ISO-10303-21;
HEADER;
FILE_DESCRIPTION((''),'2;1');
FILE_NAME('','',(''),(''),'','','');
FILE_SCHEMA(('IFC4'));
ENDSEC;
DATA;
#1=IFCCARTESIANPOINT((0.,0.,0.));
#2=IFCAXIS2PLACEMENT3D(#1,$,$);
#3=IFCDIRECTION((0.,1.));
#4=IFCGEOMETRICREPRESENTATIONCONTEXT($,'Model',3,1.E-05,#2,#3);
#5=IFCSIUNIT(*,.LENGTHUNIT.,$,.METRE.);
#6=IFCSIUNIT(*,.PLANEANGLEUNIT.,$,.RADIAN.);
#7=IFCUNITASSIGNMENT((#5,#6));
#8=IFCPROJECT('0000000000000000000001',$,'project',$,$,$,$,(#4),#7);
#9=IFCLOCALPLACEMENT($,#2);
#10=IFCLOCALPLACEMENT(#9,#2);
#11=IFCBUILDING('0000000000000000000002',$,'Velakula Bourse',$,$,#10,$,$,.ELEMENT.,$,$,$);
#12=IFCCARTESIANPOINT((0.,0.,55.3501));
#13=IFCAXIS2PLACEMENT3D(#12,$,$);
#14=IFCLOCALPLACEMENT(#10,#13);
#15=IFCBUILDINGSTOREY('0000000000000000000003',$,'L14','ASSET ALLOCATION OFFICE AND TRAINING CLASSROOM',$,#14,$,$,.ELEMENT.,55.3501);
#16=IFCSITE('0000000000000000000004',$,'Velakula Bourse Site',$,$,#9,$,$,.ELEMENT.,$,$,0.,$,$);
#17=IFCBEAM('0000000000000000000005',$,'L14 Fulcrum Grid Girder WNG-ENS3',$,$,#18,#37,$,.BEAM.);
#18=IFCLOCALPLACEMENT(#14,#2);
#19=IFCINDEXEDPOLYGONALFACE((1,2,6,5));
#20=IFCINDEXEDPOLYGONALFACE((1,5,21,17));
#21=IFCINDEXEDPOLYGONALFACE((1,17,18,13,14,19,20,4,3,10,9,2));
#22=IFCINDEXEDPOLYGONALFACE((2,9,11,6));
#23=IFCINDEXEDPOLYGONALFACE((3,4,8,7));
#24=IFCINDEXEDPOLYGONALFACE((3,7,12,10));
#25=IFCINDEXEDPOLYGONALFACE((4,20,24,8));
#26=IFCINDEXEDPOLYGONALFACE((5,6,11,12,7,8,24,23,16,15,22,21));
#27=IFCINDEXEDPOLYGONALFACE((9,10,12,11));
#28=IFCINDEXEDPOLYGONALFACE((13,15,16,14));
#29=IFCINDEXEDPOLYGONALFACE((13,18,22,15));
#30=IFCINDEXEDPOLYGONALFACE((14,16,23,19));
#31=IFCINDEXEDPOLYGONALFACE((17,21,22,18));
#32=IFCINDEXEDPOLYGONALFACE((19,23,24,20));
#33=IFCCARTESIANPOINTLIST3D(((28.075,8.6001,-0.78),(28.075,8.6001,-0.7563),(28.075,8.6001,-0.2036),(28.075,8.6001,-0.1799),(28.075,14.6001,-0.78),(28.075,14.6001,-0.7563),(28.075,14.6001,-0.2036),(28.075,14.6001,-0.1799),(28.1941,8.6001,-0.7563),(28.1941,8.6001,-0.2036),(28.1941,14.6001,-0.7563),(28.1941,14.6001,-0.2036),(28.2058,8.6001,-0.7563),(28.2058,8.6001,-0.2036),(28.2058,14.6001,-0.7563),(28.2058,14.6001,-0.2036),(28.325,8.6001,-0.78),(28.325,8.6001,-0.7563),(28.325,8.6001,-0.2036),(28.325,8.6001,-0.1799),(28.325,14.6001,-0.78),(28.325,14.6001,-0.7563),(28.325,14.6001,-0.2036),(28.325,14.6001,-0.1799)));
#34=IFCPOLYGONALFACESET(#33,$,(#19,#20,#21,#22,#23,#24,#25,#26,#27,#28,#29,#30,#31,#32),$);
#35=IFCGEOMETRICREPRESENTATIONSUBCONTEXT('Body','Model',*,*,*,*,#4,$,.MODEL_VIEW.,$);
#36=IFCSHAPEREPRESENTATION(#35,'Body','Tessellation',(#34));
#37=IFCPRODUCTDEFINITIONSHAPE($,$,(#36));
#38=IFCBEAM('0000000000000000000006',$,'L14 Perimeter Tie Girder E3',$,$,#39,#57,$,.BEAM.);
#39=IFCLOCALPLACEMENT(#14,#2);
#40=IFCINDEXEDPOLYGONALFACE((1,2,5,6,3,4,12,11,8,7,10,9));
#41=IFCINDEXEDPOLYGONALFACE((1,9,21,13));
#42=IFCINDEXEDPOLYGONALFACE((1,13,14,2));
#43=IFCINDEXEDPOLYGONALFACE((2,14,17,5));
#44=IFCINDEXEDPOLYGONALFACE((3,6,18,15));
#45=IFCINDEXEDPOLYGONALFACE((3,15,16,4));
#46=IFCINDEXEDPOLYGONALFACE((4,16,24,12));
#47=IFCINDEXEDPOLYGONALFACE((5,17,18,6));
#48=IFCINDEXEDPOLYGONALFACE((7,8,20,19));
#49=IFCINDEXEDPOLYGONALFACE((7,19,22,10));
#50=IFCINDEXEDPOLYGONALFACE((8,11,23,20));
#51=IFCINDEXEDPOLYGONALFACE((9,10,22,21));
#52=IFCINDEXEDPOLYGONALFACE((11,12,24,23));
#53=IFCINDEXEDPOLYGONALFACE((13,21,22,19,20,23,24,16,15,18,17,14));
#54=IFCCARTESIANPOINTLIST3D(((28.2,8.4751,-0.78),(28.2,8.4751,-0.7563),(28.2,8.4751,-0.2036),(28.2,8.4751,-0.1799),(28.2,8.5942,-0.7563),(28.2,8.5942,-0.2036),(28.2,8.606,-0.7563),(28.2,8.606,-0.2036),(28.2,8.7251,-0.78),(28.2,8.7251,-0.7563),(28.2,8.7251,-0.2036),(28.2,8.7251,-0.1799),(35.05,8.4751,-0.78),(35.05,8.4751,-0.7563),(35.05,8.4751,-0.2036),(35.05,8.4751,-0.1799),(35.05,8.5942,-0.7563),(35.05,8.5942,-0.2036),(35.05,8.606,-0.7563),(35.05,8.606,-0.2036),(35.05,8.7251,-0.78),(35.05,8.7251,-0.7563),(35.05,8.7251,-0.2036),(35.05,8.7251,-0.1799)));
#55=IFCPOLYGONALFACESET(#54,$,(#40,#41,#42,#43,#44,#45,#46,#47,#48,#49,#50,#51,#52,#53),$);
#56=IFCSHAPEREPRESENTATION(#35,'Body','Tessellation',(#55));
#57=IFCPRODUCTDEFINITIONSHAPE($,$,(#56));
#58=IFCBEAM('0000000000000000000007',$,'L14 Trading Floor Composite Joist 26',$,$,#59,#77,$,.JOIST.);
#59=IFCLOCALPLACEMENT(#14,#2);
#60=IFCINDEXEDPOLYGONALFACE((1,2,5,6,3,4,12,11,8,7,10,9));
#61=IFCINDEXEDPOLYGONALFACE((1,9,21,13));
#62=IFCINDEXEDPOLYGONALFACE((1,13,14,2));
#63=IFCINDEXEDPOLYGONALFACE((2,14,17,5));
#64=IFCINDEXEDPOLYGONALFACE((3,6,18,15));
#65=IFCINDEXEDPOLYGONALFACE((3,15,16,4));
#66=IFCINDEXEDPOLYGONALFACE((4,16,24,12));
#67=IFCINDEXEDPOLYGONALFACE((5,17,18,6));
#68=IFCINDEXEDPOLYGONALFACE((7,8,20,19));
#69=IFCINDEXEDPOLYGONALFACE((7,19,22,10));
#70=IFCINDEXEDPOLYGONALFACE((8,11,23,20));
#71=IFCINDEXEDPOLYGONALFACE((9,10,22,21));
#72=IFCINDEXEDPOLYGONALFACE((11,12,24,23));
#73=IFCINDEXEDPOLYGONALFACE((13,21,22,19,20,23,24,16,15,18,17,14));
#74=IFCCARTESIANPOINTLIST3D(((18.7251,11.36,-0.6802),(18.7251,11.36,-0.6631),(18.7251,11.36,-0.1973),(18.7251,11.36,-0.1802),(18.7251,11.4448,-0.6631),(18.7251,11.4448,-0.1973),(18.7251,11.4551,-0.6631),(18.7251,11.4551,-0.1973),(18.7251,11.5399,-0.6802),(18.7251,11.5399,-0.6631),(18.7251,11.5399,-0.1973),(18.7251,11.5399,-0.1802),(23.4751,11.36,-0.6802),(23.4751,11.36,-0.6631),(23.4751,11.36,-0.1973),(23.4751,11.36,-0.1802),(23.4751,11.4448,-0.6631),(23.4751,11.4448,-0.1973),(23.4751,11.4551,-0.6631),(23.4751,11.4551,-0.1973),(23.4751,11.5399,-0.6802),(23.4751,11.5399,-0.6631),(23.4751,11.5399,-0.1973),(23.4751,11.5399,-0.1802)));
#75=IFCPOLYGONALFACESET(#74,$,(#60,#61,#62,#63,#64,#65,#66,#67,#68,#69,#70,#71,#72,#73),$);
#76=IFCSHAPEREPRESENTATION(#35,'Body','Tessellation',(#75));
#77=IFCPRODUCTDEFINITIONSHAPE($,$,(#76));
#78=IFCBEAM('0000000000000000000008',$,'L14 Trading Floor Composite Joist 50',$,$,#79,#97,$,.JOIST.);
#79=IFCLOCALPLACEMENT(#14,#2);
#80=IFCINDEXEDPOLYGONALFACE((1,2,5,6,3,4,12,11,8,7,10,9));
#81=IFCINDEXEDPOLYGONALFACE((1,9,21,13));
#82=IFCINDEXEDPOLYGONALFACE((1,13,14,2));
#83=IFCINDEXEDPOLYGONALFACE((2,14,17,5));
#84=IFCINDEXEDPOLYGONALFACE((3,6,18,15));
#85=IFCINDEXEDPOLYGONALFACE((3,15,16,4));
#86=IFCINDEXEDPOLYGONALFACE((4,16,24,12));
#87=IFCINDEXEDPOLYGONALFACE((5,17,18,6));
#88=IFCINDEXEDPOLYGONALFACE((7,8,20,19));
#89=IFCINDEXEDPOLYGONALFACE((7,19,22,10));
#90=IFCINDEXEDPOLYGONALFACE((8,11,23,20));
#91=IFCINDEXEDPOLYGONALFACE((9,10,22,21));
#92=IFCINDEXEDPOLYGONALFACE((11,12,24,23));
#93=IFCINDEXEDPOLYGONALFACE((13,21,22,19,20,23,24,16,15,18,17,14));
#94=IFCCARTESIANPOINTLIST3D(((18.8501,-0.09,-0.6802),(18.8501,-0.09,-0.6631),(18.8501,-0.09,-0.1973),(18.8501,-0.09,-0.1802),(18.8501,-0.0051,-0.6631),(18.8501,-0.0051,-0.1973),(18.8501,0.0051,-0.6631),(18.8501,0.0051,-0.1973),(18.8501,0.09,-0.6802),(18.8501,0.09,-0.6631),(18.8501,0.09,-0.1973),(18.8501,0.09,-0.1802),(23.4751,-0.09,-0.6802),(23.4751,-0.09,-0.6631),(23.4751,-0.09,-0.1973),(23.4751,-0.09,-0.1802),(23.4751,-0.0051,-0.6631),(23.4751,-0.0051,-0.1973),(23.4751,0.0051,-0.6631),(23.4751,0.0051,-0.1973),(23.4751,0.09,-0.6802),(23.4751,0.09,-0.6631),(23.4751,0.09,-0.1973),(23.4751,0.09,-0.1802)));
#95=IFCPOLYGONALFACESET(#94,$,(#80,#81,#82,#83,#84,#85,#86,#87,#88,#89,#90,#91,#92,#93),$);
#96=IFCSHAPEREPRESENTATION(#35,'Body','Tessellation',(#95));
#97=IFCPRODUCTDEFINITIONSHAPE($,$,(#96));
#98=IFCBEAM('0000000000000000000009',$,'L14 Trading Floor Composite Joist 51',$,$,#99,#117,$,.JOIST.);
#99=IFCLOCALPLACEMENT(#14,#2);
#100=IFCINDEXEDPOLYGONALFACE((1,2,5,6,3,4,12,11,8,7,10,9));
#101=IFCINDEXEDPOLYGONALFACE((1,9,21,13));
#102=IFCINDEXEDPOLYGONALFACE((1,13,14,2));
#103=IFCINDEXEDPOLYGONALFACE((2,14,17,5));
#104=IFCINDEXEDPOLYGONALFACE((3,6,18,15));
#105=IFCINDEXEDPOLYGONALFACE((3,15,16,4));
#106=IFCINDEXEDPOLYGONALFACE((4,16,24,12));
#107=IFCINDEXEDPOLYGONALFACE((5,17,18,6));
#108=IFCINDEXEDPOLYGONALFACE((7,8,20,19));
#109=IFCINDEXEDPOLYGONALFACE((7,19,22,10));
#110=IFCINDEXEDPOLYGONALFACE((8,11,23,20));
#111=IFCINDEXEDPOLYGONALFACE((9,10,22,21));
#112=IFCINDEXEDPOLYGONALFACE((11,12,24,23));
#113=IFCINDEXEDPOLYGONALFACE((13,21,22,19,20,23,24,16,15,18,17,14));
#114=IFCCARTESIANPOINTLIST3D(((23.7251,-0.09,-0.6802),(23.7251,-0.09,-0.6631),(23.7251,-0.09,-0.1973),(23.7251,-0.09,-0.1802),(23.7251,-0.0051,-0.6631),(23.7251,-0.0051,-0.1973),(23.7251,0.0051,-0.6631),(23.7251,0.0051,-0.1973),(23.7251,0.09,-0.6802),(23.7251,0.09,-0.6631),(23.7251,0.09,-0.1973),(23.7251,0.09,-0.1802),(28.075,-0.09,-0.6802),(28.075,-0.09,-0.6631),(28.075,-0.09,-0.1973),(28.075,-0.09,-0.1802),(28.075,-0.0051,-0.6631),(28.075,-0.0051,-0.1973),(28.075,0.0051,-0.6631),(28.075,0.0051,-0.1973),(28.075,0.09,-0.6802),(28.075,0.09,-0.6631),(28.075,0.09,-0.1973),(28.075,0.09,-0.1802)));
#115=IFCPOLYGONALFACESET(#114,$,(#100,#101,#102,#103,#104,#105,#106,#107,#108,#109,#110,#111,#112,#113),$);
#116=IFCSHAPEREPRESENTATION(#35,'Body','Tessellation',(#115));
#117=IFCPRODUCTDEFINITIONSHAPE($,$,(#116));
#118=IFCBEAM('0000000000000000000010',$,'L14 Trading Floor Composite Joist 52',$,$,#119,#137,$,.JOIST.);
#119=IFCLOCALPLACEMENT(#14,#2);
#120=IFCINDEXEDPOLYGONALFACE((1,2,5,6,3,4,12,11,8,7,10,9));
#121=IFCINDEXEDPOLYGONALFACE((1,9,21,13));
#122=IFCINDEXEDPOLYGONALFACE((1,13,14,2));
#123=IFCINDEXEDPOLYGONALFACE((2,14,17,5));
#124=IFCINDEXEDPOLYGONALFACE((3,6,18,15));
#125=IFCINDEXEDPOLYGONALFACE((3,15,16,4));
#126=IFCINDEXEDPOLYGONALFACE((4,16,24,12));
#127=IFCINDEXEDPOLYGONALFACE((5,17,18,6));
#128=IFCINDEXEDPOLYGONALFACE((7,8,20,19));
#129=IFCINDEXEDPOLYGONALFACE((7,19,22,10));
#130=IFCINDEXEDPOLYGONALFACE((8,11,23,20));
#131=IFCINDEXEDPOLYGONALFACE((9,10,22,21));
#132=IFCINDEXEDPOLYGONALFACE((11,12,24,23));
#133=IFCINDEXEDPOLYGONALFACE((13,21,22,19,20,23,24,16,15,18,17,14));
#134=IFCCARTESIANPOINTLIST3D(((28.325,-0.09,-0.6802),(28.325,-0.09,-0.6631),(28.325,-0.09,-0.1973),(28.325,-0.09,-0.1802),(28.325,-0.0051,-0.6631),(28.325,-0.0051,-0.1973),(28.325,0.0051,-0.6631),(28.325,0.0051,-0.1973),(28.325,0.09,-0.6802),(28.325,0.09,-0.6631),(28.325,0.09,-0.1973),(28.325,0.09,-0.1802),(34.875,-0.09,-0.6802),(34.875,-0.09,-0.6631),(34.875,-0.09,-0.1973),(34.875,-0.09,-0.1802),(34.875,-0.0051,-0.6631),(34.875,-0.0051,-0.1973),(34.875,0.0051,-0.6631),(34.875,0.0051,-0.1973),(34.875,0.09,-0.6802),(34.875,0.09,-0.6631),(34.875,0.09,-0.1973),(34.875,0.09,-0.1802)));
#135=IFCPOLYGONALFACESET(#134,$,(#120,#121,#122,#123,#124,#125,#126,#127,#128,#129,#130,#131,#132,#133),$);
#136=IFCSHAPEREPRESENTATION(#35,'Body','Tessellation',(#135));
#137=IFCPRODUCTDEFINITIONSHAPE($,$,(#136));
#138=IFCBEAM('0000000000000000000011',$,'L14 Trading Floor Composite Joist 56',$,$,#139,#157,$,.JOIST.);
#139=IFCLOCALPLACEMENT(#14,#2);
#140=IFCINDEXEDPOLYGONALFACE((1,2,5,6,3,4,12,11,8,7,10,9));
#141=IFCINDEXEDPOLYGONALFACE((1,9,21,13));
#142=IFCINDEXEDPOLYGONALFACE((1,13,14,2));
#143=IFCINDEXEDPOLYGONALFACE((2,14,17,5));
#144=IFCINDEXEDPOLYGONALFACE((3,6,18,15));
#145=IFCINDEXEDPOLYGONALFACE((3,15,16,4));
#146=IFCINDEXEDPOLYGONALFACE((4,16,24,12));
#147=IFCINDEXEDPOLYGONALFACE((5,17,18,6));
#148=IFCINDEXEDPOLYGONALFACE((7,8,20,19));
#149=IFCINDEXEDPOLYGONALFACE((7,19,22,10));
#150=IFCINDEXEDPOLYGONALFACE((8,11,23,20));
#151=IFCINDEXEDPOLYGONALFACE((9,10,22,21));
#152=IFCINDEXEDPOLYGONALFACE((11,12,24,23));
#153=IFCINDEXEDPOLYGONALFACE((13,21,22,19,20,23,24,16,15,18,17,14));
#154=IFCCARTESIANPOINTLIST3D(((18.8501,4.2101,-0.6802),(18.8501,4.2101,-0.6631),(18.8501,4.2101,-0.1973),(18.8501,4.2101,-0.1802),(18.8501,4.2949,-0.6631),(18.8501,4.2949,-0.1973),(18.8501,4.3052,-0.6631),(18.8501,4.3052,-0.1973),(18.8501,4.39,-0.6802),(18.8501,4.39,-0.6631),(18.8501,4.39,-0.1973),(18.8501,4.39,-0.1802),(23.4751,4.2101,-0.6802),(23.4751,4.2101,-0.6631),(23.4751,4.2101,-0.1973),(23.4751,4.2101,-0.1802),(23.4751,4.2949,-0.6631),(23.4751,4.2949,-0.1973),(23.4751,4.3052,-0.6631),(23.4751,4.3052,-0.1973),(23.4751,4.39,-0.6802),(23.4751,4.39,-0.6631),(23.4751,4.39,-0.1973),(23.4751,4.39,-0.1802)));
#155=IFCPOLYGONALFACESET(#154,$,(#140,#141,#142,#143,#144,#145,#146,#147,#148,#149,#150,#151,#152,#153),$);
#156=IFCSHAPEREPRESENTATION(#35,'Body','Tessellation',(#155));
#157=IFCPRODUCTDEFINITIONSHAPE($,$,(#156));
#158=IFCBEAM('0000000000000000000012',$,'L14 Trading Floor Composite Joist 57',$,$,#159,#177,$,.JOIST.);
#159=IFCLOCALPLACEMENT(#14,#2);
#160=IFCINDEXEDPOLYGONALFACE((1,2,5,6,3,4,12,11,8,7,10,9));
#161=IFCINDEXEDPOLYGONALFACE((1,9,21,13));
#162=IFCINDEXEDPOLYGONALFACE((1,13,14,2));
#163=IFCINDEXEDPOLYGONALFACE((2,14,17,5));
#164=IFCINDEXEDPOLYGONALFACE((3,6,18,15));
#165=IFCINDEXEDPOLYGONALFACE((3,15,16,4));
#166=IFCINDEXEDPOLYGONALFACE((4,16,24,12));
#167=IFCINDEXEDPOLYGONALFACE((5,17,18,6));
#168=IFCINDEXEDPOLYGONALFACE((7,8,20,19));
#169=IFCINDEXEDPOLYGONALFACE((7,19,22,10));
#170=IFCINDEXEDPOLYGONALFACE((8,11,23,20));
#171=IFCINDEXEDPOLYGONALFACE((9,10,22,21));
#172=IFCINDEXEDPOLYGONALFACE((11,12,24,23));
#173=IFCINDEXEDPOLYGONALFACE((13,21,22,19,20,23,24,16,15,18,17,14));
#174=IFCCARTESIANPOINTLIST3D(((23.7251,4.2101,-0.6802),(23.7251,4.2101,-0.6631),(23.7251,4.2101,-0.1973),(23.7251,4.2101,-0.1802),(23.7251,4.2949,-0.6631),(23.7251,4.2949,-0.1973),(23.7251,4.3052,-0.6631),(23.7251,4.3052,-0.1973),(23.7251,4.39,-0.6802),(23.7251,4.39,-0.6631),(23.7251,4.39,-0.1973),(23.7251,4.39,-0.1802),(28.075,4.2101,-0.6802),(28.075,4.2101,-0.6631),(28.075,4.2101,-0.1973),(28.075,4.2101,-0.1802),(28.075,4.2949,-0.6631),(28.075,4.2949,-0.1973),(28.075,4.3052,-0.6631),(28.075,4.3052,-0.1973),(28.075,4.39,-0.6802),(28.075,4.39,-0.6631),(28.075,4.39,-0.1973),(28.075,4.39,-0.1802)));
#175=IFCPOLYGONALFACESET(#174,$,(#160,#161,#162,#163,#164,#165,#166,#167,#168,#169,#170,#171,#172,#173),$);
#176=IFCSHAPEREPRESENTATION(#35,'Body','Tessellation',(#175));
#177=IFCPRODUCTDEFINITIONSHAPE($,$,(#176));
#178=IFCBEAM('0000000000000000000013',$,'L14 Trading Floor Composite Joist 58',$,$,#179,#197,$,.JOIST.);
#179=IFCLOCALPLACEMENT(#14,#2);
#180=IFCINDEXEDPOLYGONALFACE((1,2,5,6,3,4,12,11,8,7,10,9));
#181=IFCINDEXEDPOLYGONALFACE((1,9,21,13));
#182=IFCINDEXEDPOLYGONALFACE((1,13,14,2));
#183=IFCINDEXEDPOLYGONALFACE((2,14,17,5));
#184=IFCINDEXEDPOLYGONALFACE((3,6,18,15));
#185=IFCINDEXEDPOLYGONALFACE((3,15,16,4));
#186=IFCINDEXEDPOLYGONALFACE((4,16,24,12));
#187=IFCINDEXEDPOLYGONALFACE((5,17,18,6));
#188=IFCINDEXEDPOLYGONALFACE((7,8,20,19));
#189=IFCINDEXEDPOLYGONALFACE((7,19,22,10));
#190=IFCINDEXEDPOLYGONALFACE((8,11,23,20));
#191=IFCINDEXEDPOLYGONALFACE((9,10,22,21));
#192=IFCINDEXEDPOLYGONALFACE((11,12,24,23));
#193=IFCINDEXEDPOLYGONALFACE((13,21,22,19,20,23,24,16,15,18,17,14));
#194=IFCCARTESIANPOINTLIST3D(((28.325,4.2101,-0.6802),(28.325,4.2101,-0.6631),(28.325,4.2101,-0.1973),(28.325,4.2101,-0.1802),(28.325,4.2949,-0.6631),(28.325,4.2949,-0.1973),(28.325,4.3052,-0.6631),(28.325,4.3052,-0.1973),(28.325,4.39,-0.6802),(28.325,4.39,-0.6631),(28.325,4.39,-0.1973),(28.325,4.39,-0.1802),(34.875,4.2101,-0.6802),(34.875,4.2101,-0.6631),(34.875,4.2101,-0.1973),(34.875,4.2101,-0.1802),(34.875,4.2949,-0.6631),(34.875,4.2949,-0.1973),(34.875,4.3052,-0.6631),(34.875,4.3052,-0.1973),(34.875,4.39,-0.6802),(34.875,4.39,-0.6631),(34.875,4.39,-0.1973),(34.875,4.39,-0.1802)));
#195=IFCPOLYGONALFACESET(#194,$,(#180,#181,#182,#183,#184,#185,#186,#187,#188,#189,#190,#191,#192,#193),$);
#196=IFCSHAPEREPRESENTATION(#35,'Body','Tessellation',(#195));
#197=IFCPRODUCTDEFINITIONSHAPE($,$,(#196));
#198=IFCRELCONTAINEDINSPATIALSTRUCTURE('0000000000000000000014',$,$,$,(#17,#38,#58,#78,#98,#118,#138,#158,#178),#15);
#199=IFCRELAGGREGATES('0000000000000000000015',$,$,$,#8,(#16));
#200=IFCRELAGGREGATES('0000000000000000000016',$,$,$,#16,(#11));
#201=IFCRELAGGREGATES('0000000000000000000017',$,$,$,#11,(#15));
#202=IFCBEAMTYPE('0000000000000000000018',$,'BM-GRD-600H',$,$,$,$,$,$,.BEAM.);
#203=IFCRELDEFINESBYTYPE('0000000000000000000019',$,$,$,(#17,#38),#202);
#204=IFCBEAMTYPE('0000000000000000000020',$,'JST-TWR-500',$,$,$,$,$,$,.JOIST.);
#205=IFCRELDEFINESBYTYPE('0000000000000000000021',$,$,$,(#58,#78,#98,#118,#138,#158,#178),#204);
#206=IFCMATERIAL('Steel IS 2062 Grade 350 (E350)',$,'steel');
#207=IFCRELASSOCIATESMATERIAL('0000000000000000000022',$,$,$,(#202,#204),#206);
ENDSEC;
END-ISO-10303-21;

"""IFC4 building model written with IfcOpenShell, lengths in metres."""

from ifc_helpers import new_model, si_unit, direction, frame, origin, origin_2d, place, context, subcontext, project, spatial, i_section, extrude, material, material_profile, profile_set, type_object, element, save


model = new_model("IFC4")

# Units and contexts
model_context = context("Model", 3, precision=1e-05, world=origin(), true_north=direction((0.0, 1.0)))
body_context = subcontext(model_context, "Body", "Model", "MODEL_VIEW")
ifc_project = project(units=[si_unit("LENGTHUNIT", "METRE"), si_unit("PLANEANGLEUNIT", "RADIAN")], contexts=[model_context])

# Site, building, storey
site_placement = place(None, origin())
site = spatial("IfcSite", under=ifc_project, at=site_placement, Name="Velakula Bourse Site", CompositionType="ELEMENT", RefElevation=0.0)
building_placement = place(site_placement, origin())
building = spatial("IfcBuilding", under=site, at=building_placement, Name="Velakula Bourse", CompositionType="ELEMENT")
storey_placement = place(building_placement, frame((0.0, 0.0, 55.3501)))
storey = spatial("IfcBuildingStorey", under=building, at=storey_placement, Name="L14", Description="ASSET ALLOCATION OFFICE AND TRAINING CLASSROOM", CompositionType="ELEMENT", Elevation=55.3501)

# Beams
ifc_material_1 = material(Name="Steel IS 2062 Grade 350 (E350)", Category="steel")
ifc_material_profile_1 = material_profile(ifc_material_1, i_section(OverallWidth=0.25, OverallDepth=0.6001, WebThickness=0.0117, FlangeThickness=0.0237, at=origin_2d()), Name="Steel IS 2062 Grade 350 (E350)")
ifc_profile_set_1 = profile_set([ifc_material_profile_1], Name="Steel IS 2062 Grade 350 (E350)")
beam_type_1 = type_object("IfcBeamType", Name="BM-GRD-600H", PredefinedType="BEAM", material=ifc_profile_set_1)
beam_1_placement = place(storey_placement, frame((28.2, 8.6001, -0.48), z_axis=(0.0, 1.0, 0.0), x_axis=(-1.0, 0.0, 0.0)))
element("IfcBeam", 1, at=beam_1_placement, inside=storey, type_object=beam_type_1, Name="L14 Fulcrum Grid Girder WNG-ENS3", PredefinedType="BEAM", context=body_context, shape_type="SweptSolid", body=[
    extrude(i_section(OverallWidth=0.25, OverallDepth=0.6001, WebThickness=0.0117, FlangeThickness=0.0237, at=origin_2d()), origin(), (0.0, 0.0, 1.0), 6.0),
])
beam_2_placement = place(storey_placement, frame((28.2, 8.6001, -0.48), z_axis=(1.0, 0.0, 0.0), x_axis=(0.0, 1.0, 0.0)))
element("IfcBeam", 2, at=beam_2_placement, inside=storey, type_object=beam_type_1, Name="L14 Perimeter Tie Girder E3", PredefinedType="BEAM", context=body_context, shape_type="SweptSolid", body=[
    extrude(i_section(OverallWidth=0.25, OverallDepth=0.6001, WebThickness=0.0117, FlangeThickness=0.0237, at=origin_2d()), origin(), (0.0, 0.0, 1.0), 6.8501),
])
ifc_material_profile_2 = material_profile(ifc_material_1, i_section(OverallWidth=0.1799, OverallDepth=0.5, WebThickness=0.0103, FlangeThickness=0.0171, at=origin_2d()), Name="Steel IS 2062 Grade 350 (E350)")
ifc_profile_set_2 = profile_set([ifc_material_profile_2], Name="Steel IS 2062 Grade 350 (E350)")
beam_type_2 = type_object("IfcBeamType", Name="JST-TWR-500", PredefinedType="JOIST", material=ifc_profile_set_2)
beam_3_placement = place(storey_placement, frame((18.7251, 11.45, -0.4302), z_axis=(1.0, 0.0, 0.0), x_axis=(0.0, 1.0, 0.0)))
element("IfcBeam", 3, at=beam_3_placement, inside=storey, type_object=beam_type_2, Name="L14 Trading Floor Composite Joist 26", PredefinedType="JOIST", context=body_context, shape_type="SweptSolid", body=[
    extrude(i_section(OverallWidth=0.1799, OverallDepth=0.5, WebThickness=0.0103, FlangeThickness=0.0171, at=origin_2d()), origin(), (0.0, 0.0, 1.0), 4.75),
])
beam_4_placement = place(storey_placement, frame((18.8501, 0.0, -0.4302), z_axis=(1.0, 0.0, 0.0), x_axis=(0.0, 1.0, 0.0)))
element("IfcBeam", 4, at=beam_4_placement, inside=storey, type_object=beam_type_2, Name="L14 Trading Floor Composite Joist 50", PredefinedType="JOIST", context=body_context, shape_type="SweptSolid", body=[
    extrude(i_section(OverallWidth=0.1799, OverallDepth=0.5, WebThickness=0.0103, FlangeThickness=0.0171, at=origin_2d()), origin(), (0.0, 0.0, 1.0), 4.625),
])
beam_5_placement = place(storey_placement, frame((23.7251, 0.0, -0.4302), z_axis=(1.0, 0.0, 0.0), x_axis=(0.0, 1.0, 0.0)))
element("IfcBeam", 5, at=beam_5_placement, inside=storey, type_object=beam_type_2, Name="L14 Trading Floor Composite Joist 51", PredefinedType="JOIST", context=body_context, shape_type="SweptSolid", body=[
    extrude(i_section(OverallWidth=0.1799, OverallDepth=0.5, WebThickness=0.0103, FlangeThickness=0.0171, at=origin_2d()), origin(), (0.0, 0.0, 1.0), 4.3499),
])
beam_6_placement = place(storey_placement, frame((28.325, 0.0, -0.4302), z_axis=(1.0, 0.0, 0.0), x_axis=(0.0, 1.0, 0.0)))
element("IfcBeam", 6, at=beam_6_placement, inside=storey, type_object=beam_type_2, Name="L14 Trading Floor Composite Joist 52", PredefinedType="JOIST", context=body_context, shape_type="SweptSolid", body=[
    extrude(i_section(OverallWidth=0.1799, OverallDepth=0.5, WebThickness=0.0103, FlangeThickness=0.0171, at=origin_2d()), origin(), (0.0, 0.0, 1.0), 6.55),
])
beam_7_placement = place(storey_placement, frame((18.8501, 4.3, -0.4302), z_axis=(1.0, 0.0, 0.0), x_axis=(0.0, 1.0, 0.0)))
element("IfcBeam", 7, at=beam_7_placement, inside=storey, type_object=beam_type_2, Name="L14 Trading Floor Composite Joist 56", PredefinedType="JOIST", context=body_context, shape_type="SweptSolid", body=[
    extrude(i_section(OverallWidth=0.1799, OverallDepth=0.5, WebThickness=0.0103, FlangeThickness=0.0171, at=origin_2d()), origin(), (0.0, 0.0, 1.0), 4.625),
])
beam_8_placement = place(storey_placement, frame((23.7251, 4.3, -0.4302), z_axis=(1.0, 0.0, 0.0), x_axis=(0.0, 1.0, 0.0)))
element("IfcBeam", 8, at=beam_8_placement, inside=storey, type_object=beam_type_2, Name="L14 Trading Floor Composite Joist 57", PredefinedType="JOIST", context=body_context, shape_type="SweptSolid", body=[
    extrude(i_section(OverallWidth=0.1799, OverallDepth=0.5, WebThickness=0.0103, FlangeThickness=0.0171, at=origin_2d()), origin(), (0.0, 0.0, 1.0), 4.3499),
])
beam_9_placement = place(storey_placement, frame((28.325, 4.3, -0.4302), z_axis=(1.0, 0.0, 0.0), x_axis=(0.0, 1.0, 0.0)))
element("IfcBeam", 9, at=beam_9_placement, inside=storey, type_object=beam_type_2, Name="L14 Trading Floor Composite Joist 58", PredefinedType="JOIST", context=body_context, shape_type="SweptSolid", body=[
    extrude(i_section(OverallWidth=0.1799, OverallDepth=0.5, WebThickness=0.0103, FlangeThickness=0.0171, at=origin_2d()), origin(), (0.0, 0.0, 1.0), 6.55),
])

save(model, "model.ifc")
